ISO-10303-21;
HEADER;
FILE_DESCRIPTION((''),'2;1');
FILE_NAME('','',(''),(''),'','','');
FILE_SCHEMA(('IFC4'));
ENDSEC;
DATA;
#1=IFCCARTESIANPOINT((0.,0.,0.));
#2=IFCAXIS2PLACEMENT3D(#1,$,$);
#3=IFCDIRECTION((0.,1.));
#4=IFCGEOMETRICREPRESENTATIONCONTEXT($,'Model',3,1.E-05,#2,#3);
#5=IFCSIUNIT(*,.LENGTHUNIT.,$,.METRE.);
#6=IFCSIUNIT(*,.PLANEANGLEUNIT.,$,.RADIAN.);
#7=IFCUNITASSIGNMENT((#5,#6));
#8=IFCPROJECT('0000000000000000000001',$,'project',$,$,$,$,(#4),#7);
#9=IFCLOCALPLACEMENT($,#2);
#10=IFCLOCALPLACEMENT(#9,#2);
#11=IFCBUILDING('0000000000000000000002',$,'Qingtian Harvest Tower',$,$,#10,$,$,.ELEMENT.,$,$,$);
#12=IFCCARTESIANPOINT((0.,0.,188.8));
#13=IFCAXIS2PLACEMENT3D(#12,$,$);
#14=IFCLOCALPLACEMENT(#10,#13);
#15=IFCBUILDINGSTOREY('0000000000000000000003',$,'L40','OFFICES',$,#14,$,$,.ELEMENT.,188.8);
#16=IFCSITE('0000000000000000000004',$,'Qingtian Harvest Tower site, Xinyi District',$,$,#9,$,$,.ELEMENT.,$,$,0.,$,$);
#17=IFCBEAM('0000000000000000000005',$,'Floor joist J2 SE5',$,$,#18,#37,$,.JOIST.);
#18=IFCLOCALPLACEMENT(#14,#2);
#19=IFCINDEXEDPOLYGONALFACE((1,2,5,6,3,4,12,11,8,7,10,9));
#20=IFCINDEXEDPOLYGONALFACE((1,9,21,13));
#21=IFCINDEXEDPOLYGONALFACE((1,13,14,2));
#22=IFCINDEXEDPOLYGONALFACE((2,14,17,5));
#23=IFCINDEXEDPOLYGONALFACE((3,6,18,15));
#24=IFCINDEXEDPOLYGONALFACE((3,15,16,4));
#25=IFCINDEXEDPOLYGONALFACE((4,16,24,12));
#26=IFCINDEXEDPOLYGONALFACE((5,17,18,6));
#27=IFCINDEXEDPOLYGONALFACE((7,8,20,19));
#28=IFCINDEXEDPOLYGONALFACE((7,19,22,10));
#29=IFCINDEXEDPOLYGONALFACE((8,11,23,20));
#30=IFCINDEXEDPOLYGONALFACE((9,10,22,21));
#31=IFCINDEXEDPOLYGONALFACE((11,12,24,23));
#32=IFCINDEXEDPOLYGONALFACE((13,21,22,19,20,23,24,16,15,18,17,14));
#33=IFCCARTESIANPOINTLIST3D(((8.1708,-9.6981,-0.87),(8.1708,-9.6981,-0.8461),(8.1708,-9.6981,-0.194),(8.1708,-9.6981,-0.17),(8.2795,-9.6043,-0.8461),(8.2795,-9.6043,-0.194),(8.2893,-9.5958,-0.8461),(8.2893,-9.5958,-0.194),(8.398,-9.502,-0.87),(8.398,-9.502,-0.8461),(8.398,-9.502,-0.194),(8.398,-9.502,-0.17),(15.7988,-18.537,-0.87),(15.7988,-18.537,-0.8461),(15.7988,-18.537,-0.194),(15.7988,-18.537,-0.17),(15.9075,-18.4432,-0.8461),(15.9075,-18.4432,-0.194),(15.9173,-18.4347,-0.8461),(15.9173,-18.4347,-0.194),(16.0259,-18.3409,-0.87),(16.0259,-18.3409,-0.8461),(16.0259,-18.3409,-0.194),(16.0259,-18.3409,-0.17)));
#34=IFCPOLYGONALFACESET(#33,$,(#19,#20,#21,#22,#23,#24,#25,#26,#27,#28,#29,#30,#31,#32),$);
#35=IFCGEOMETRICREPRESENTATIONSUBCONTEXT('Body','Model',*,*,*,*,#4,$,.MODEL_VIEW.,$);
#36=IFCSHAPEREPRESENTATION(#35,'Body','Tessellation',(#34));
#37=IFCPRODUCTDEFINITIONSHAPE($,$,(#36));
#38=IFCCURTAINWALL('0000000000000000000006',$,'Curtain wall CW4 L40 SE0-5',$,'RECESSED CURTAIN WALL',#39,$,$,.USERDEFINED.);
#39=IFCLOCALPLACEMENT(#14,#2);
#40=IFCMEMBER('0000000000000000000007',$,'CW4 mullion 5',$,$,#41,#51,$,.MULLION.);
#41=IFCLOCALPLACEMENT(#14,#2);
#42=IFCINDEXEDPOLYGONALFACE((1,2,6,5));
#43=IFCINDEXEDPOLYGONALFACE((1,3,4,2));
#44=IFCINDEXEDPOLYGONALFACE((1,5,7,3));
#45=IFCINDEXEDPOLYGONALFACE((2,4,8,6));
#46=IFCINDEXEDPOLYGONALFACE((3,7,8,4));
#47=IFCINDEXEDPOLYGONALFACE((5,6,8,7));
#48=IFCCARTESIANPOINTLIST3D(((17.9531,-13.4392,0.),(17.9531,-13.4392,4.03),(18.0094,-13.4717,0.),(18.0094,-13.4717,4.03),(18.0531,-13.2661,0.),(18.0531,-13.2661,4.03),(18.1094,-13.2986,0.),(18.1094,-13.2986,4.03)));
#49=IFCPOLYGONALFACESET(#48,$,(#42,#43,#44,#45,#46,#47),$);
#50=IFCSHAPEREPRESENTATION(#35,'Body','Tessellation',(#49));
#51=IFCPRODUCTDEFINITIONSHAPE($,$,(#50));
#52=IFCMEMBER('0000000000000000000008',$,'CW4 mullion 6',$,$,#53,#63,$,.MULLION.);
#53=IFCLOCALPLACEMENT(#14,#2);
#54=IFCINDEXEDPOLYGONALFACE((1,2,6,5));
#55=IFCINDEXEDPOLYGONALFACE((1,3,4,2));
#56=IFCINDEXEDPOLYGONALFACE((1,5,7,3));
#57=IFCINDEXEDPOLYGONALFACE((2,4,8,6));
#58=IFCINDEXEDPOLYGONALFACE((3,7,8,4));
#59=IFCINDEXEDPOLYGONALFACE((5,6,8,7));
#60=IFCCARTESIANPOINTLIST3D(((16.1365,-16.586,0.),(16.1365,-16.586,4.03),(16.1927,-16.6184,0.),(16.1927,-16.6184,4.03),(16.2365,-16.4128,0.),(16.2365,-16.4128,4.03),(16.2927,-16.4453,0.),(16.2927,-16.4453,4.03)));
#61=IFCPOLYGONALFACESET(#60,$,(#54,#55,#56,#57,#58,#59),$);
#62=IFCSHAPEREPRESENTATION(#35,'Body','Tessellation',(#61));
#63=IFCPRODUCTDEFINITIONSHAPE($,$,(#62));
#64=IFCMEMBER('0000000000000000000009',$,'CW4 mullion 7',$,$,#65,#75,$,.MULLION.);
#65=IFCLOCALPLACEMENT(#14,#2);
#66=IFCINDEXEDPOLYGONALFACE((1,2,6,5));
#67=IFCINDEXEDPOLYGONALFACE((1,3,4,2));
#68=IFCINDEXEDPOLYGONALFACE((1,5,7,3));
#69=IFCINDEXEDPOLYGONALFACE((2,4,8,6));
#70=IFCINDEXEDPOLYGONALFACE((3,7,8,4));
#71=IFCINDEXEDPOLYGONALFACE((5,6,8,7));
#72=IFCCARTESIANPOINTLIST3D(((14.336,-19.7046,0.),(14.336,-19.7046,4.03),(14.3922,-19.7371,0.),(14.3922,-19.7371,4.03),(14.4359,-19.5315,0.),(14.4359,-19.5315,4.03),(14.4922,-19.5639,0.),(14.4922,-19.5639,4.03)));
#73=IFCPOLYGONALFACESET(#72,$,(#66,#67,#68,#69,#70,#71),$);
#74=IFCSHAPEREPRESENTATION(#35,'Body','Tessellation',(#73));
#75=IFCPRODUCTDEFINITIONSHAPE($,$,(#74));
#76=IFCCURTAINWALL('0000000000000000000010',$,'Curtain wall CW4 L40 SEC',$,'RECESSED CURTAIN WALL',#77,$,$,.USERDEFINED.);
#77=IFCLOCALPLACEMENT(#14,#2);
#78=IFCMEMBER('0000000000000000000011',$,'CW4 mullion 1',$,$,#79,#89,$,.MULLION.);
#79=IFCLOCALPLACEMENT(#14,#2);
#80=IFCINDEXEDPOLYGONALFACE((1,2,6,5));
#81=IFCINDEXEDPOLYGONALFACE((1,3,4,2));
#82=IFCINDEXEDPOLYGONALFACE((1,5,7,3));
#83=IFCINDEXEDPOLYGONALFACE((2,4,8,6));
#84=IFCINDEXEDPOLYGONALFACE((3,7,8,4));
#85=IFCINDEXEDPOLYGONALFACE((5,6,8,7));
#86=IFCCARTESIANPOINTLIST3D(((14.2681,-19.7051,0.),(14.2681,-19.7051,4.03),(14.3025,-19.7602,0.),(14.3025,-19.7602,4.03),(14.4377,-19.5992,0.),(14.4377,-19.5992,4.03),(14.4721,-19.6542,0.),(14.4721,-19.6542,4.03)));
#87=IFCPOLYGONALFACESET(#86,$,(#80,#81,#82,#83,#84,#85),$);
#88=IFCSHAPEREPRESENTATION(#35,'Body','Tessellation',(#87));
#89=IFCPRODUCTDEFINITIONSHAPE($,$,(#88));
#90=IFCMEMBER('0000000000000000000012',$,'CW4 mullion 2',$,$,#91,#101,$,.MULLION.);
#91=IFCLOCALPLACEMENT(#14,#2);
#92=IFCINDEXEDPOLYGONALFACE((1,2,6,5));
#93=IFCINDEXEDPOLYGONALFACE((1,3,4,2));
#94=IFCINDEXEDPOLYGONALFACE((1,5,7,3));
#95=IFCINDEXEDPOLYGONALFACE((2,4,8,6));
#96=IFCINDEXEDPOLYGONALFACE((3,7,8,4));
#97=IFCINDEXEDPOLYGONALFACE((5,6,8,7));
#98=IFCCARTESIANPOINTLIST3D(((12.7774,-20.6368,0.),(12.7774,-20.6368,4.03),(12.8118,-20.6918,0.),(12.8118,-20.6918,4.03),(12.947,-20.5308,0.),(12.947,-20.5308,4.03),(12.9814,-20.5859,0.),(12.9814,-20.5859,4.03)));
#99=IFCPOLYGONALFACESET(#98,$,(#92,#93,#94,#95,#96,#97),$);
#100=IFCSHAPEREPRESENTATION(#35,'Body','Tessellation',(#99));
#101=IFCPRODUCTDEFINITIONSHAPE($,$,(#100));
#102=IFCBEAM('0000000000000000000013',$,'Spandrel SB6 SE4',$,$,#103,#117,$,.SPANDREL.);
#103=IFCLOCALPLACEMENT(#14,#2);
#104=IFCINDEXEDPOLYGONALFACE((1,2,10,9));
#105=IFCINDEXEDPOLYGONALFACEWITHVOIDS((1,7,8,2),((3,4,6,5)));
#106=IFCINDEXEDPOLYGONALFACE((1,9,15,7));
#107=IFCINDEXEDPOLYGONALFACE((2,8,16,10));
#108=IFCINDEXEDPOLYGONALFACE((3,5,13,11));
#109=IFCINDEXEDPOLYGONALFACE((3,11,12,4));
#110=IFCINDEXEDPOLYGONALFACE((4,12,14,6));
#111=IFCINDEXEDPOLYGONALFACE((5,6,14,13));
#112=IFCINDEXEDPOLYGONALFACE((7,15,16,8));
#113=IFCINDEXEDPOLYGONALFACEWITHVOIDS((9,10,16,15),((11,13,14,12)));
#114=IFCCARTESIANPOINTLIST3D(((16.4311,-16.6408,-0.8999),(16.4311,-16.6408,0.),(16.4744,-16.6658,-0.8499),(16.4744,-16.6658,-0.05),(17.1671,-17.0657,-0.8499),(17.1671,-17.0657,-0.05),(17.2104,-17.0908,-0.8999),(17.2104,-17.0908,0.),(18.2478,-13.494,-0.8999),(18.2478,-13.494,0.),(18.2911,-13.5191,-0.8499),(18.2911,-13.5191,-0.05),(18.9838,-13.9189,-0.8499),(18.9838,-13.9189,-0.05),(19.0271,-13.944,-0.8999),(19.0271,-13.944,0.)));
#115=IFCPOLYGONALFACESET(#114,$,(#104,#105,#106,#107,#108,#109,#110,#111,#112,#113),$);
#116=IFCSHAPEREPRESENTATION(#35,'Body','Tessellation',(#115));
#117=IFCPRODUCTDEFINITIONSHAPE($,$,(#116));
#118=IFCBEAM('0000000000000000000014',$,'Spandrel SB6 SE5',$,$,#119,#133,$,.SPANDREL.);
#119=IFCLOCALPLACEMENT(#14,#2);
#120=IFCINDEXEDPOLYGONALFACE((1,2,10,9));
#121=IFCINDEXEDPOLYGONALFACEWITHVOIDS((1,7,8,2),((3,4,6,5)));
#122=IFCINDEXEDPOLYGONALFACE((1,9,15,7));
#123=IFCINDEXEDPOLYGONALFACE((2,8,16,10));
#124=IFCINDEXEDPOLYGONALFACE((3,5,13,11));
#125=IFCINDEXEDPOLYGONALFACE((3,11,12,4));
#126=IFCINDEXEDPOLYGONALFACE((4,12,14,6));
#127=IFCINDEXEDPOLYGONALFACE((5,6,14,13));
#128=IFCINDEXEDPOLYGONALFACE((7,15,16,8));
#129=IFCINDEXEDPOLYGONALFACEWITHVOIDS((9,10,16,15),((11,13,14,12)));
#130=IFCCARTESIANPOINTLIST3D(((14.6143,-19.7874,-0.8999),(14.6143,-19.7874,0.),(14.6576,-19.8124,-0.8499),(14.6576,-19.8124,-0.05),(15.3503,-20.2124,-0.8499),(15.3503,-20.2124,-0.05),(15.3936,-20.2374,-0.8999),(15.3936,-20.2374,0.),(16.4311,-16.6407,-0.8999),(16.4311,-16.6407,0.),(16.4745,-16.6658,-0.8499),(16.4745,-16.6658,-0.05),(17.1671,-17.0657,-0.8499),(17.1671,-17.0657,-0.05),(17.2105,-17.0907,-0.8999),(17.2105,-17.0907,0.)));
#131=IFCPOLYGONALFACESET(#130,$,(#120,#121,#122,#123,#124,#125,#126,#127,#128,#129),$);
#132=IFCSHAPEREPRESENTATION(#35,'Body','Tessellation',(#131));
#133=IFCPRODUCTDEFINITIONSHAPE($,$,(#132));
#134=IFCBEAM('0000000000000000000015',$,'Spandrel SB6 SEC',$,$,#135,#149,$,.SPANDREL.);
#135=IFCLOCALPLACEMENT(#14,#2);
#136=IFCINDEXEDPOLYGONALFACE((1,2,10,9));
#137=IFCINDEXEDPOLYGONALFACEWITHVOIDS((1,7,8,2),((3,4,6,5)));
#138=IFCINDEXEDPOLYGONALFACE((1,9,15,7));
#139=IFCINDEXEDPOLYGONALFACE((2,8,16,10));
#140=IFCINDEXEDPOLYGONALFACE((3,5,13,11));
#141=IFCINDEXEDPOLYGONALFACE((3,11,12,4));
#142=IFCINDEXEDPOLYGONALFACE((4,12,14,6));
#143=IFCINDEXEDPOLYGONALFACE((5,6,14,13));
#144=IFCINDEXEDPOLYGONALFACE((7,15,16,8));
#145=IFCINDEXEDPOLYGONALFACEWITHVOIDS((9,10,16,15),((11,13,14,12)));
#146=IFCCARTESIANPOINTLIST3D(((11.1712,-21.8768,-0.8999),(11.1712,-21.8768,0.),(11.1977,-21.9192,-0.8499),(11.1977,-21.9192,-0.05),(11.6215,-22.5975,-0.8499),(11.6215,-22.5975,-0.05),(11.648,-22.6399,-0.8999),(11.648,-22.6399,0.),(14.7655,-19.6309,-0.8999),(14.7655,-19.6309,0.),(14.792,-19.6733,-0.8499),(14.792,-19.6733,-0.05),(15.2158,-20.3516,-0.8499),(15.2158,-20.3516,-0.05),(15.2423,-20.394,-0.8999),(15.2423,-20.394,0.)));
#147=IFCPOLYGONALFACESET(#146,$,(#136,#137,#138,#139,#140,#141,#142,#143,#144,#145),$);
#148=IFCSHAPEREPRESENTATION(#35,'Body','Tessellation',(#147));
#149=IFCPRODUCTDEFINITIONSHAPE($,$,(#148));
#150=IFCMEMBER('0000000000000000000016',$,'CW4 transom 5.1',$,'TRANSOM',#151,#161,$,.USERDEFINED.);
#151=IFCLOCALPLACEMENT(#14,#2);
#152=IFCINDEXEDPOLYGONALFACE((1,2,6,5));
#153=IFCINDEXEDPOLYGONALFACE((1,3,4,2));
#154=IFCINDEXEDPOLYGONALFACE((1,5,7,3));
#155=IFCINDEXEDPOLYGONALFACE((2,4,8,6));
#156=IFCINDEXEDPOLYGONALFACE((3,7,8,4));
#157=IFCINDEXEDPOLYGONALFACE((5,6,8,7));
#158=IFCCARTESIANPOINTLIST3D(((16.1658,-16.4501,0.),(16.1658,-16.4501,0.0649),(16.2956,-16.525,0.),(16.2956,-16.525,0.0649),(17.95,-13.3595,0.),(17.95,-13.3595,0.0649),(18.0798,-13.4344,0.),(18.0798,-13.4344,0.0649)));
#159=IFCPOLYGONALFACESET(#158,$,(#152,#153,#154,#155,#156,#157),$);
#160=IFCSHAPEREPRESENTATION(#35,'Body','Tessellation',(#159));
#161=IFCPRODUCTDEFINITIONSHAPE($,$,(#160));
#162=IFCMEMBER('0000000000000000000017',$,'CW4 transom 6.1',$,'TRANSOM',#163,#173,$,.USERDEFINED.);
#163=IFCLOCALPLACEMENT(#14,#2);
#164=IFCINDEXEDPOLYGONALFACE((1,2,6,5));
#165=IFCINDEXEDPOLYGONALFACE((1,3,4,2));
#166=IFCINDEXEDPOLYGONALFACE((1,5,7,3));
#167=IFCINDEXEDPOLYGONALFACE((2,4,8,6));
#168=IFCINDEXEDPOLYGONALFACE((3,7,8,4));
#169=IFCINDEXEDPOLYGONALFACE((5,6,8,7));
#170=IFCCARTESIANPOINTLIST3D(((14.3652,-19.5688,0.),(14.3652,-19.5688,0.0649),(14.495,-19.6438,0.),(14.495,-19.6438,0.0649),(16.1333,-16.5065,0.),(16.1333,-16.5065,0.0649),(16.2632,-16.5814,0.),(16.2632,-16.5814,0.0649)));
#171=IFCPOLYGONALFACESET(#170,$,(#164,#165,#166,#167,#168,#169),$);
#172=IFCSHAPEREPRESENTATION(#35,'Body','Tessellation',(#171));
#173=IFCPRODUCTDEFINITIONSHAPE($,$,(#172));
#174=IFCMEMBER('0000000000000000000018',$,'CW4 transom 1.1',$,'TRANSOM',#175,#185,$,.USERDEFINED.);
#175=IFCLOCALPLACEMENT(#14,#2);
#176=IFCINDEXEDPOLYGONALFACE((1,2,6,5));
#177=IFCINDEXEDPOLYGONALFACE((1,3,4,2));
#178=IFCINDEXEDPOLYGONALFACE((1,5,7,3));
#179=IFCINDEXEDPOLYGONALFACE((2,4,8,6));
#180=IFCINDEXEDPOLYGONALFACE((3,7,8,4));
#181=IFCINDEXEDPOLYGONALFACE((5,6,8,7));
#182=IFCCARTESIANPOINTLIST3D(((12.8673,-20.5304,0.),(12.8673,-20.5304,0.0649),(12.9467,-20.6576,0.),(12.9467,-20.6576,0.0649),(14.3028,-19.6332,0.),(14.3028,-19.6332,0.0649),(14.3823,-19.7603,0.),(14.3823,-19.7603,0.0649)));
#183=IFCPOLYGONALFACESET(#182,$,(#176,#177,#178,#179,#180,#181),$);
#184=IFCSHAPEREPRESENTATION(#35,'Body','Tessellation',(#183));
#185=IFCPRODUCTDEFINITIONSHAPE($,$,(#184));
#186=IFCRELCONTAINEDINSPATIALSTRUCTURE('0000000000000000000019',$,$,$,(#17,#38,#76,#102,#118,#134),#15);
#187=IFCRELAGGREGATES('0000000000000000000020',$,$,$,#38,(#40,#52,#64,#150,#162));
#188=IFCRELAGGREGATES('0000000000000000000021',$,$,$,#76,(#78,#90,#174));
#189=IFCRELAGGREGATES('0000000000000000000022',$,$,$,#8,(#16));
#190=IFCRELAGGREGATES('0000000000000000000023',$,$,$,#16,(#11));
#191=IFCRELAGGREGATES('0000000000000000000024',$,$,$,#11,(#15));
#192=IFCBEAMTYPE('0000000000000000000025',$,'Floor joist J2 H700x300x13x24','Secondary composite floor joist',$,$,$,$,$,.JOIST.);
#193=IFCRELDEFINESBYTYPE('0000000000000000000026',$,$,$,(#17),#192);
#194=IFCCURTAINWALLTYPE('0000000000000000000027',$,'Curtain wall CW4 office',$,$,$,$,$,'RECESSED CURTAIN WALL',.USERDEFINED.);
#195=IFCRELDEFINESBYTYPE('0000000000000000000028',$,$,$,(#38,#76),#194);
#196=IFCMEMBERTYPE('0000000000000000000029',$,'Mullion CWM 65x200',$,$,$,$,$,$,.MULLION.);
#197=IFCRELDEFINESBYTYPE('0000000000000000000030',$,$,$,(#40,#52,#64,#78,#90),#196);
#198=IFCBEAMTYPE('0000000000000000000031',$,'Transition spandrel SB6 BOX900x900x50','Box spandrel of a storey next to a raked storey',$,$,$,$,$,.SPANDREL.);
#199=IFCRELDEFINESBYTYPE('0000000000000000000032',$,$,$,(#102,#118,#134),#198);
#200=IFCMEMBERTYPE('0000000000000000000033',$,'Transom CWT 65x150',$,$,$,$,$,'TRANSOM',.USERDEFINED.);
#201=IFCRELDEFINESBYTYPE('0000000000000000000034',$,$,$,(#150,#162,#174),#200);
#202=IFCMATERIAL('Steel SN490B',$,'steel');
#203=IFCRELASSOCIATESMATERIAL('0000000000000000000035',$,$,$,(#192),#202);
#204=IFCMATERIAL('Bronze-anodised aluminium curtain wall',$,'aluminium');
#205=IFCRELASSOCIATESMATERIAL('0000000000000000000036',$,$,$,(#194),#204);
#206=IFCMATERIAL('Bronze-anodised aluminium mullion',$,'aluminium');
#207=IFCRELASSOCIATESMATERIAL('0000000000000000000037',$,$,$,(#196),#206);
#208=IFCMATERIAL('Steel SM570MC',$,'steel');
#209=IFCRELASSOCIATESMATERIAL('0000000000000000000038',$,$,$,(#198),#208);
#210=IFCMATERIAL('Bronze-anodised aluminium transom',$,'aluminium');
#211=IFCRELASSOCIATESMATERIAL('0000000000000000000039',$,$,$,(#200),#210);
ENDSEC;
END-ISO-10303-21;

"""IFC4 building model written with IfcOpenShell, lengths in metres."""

from ifc_helpers import new_model, si_unit, direction, frame, origin, origin_2d, place, context, subcontext, project, spatial, rectangle, hollow_rectangle, i_section, extrude, material, material_profile, profile_set, type_object, element, aggregate, save


model = new_model("IFC4")

# Units and contexts
model_context = context("Model", 3, precision=1e-05, world=origin(), true_north=direction((0.0, 1.0)))
body_context = subcontext(model_context, "Body", "Model", "MODEL_VIEW")
ifc_project = project(units=[si_unit("LENGTHUNIT", "METRE"), si_unit("PLANEANGLEUNIT", "RADIAN")], contexts=[model_context])

# Site, building, storey
site_placement = place(None, origin())
site = spatial("IfcSite", under=ifc_project, at=site_placement, Name="Qingtian Harvest Tower site, Xinyi District", CompositionType="ELEMENT", RefElevation=0.0)
building_placement = place(site_placement, origin())
building = spatial("IfcBuilding", under=site, at=building_placement, Name="Qingtian Harvest Tower", CompositionType="ELEMENT")
storey_placement = place(building_placement, frame((0.0, 0.0, 188.8)))
storey = spatial("IfcBuildingStorey", under=building, at=storey_placement, Name="L40", Description="OFFICES", CompositionType="ELEMENT", Elevation=188.8)

# Beam
ifc_material_1 = material(Name="Steel SN490B", Category="steel")
ifc_material_profile_1 = material_profile(ifc_material_1, i_section(OverallWidth=0.3, OverallDepth=0.7, WebThickness=0.0129, FlangeThickness=0.0239, at=origin_2d()), Name="H700x300x13x24")
ifc_profile_set_1 = profile_set([ifc_material_profile_1], Name="Steel SN490B")
beam_type_1 = type_object("IfcBeamType", Name="Floor joist J2 H700x300x13x24", Description="Secondary composite floor joist", PredefinedType="JOIST", material=ifc_profile_set_1)
beam_1_placement = place(storey_placement, frame((15.9124, -18.439, -0.52), z_axis=(-0.653343, 0.757062, 0.0), x_axis=(-0.757062, -0.653343, 0.0)))
element("IfcBeam", 1, at=beam_1_placement, inside=storey, type_object=beam_type_1, Name="Floor joist J2 SE5", PredefinedType="JOIST", context=body_context, shape_type="SweptSolid", body=[
    extrude(i_section(OverallWidth=0.3, OverallDepth=0.7, WebThickness=0.0129, FlangeThickness=0.0239, at=origin_2d()), origin(), (0.0, 0.0, 1.0), 11.6753),
])

# Curtain walls, members
ifc_material_2 = material(Name="Bronze-anodised aluminium curtain wall", Category="aluminium")
curtain_wall_type = type_object("IfcCurtainWallType", Name="Curtain wall CW4 office", ElementType="RECESSED CURTAIN WALL", PredefinedType="USERDEFINED", material=ifc_material_2)
curtain_wall_1_placement = place(storey_placement, origin())
curtain_wall_1 = element("IfcCurtainWall", 2, at=curtain_wall_1_placement, inside=storey, type_object=curtain_wall_type, Name="Curtain wall CW4 L40 SE0-5", ObjectType="RECESSED CURTAIN WALL", PredefinedType="USERDEFINED")
ifc_material_3 = material(Name="Bronze-anodised aluminium mullion", Category="aluminium")
ifc_material_profile_2 = material_profile(ifc_material_3, rectangle(XDim=0.0649, YDim=0.2, at=origin_2d()), Name="AL 65x200")
ifc_profile_set_2 = profile_set([ifc_material_profile_2], Name="Bronze-anodised aluminium mullion")
member_type_1 = type_object("IfcMemberType", Name="Mullion CWM 65x200", PredefinedType="MULLION", material=ifc_profile_set_2)
member_1_placement = place(storey_placement, frame((18.0312, -13.3689, 0.0), z_axis=(0.0, 0.0, 1.0), x_axis=(0.866025, -0.5, 0.0)))
member_1 = element("IfcMember", 3, at=member_1_placement, type_object=member_type_1, Name="CW4 mullion 5", PredefinedType="MULLION", context=body_context, shape_type="SweptSolid", body=[
    extrude(rectangle(XDim=0.0649, YDim=0.2, at=origin_2d()), origin(), (0.0, 0.0, 1.0), 4.03),
])
member_2_placement = place(storey_placement, frame((16.2146, -16.5156, 0.0), z_axis=(0.0, 0.0, 1.0), x_axis=(0.866025, -0.5, 0.0)))
member_2 = element("IfcMember", 4, at=member_2_placement, type_object=member_type_1, Name="CW4 mullion 6", PredefinedType="MULLION", context=body_context, shape_type="SweptSolid", body=[
    extrude(rectangle(XDim=0.0649, YDim=0.2, at=origin_2d()), origin(), (0.0, 0.0, 1.0), 4.03),
])
member_3_placement = place(storey_placement, frame((14.4141, -19.6343, 0.0), z_axis=(0.0, 0.0, 1.0), x_axis=(0.866025, -0.5, 0.0)))
member_3 = element("IfcMember", 5, at=member_3_placement, type_object=member_type_1, Name="CW4 mullion 7", PredefinedType="MULLION", context=body_context, shape_type="SweptSolid", body=[
    extrude(rectangle(XDim=0.0649, YDim=0.2, at=origin_2d()), origin(), (0.0, 0.0, 1.0), 4.03),
])
curtain_wall_2_placement = place(storey_placement, origin())
curtain_wall_2 = element("IfcCurtainWall", 6, at=curtain_wall_2_placement, inside=storey, type_object=curtain_wall_type, Name="Curtain wall CW4 L40 SEC", ObjectType="RECESSED CURTAIN WALL", PredefinedType="USERDEFINED")
member_4_placement = place(storey_placement, frame((14.3701, -19.6797, 0.0), z_axis=(0.0, 0.0, 1.0), x_axis=(0.529919, -0.848048, 0.0)))
member_4 = element("IfcMember", 7, at=member_4_placement, type_object=member_type_1, Name="CW4 mullion 1", PredefinedType="MULLION", context=body_context, shape_type="SweptSolid", body=[
    extrude(rectangle(XDim=0.0649, YDim=0.2, at=origin_2d()), origin(), (0.0, 0.0, 1.0), 4.03),
])
member_5_placement = place(storey_placement, frame((12.8794, -20.6113, 0.0), z_axis=(0.0, 0.0, 1.0), x_axis=(0.529919, -0.848048, 0.0)))
member_5 = element("IfcMember", 8, at=member_5_placement, type_object=member_type_1, Name="CW4 mullion 2", PredefinedType="MULLION", context=body_context, shape_type="SweptSolid", body=[
    extrude(rectangle(XDim=0.0649, YDim=0.2, at=origin_2d()), origin(), (0.0, 0.0, 1.0), 4.03),
])

# Beams
ifc_material_4 = material(Name="Steel SM570MC", Category="steel")
ifc_material_profile_3 = material_profile(ifc_material_4, hollow_rectangle(XDim=0.8999, YDim=0.8999, WallThickness=0.05, at=origin_2d()), Name="BOX900x900x50")
ifc_profile_set_3 = profile_set([ifc_material_profile_3], Name="Steel SM570MC")
beam_type_2 = type_object("IfcBeamType", Name="Transition spandrel SB6 BOX900x900x50", Description="Box spandrel of a storey next to a raked storey", PredefinedType="SPANDREL", material=ifc_profile_set_3)
for number, where, z_axis, x_axis, name in (
    (9, (18.6375, -13.719, -0.45), (-0.499976, -0.866039, 0.0), (0.866039, -0.499976, 0.0), "Spandrel SB6 SE4"),
    (10, (16.8208, -16.8657, -0.45), (-0.500027, -0.86601, 0.0), (0.86601, -0.500027, 0.0), "Spandrel SB6 SE5"),
):
    element("IfcBeam", number, at=place(storey_placement, frame(where, z_axis=z_axis, x_axis=x_axis)), inside=storey, type_object=beam_type_2, Name=name, PredefinedType="SPANDREL", context=body_context, shape_type="SweptSolid", body=[
        extrude(hollow_rectangle(XDim=0.8999, YDim=0.8999, WallThickness=0.05, at=origin_2d()), origin(), (0.0, 0.0, 1.0), 3.6335),
    ])
beam_2_placement = place(storey_placement, frame((15.0039, -20.0125, -0.45), z_axis=(-0.848057, -0.529906, 0.0), x_axis=(0.529906, -0.848057, 0.0)))
element("IfcBeam", 11, at=beam_2_placement, inside=storey, type_object=beam_type_2, Name="Spandrel SB6 SEC", PredefinedType="SPANDREL", context=body_context, shape_type="SweptSolid", body=[
    extrude(hollow_rectangle(XDim=0.8999, YDim=0.8999, WallThickness=0.05, at=origin_2d()), origin(), (0.0, 0.0, 1.0), 4.2383),
])

# Members
ifc_material_5 = material(Name="Bronze-anodised aluminium transom", Category="aluminium")
ifc_material_profile_4 = material_profile(ifc_material_5, rectangle(XDim=0.1499, YDim=0.0649, at=origin_2d()), Name="AL 65x150")
ifc_profile_set_4 = profile_set([ifc_material_profile_4], Name="Bronze-anodised aluminium transom")
member_type_2 = type_object("IfcMemberType", Name="Transom CWT 65x150", ElementType="TRANSOM", PredefinedType="USERDEFINED", material=ifc_profile_set_4)
member_6_placement = place(storey_placement, frame((18.0149, -13.397, 0.0325), z_axis=(-0.499965, -0.866045, 0.0), x_axis=(0.866045, -0.499965, 0.0)))
member_6 = element("IfcMember", 12, at=member_6_placement, type_object=member_type_2, Name="CW4 transom 5.1", ObjectType="TRANSOM", PredefinedType="USERDEFINED", context=body_context, shape_type="SweptSolid", body=[
    extrude(rectangle(XDim=0.1499, YDim=0.0649, at=origin_2d()), origin(), (0.0, 0.0, 1.0), 3.5686),
])
member_7_placement = place(storey_placement, frame((16.1982, -16.5439, 0.0325), z_axis=(-0.500015, -0.866017, 0.0), x_axis=(0.866017, -0.500015, 0.0)))
member_7 = element("IfcMember", 13, at=member_7_placement, type_object=member_type_2, Name="CW4 transom 6.1", ObjectType="TRANSOM", PredefinedType="USERDEFINED", context=body_context, shape_type="SweptSolid", body=[
    extrude(rectangle(XDim=0.1499, YDim=0.0649, at=origin_2d()), origin(), (0.0, 0.0, 1.0), 3.5361),
])
member_8_placement = place(storey_placement, frame((14.3425, -19.6968, 0.0325), z_axis=(-0.847998, -0.529999, 0.0), x_axis=(0.529999, -0.847998, 0.0)))
member_8 = element("IfcMember", 14, at=member_8_placement, type_object=member_type_2, Name="CW4 transom 1.1", ObjectType="TRANSOM", PredefinedType="USERDEFINED", context=body_context, shape_type="SweptSolid", body=[
    extrude(rectangle(XDim=0.1499, YDim=0.0649, at=origin_2d()), origin(), (0.0, 0.0, 1.0), 1.6929),
])

aggregate(curtain_wall_1, [member_1, member_2, member_3, member_6, member_7])
aggregate(curtain_wall_2, [member_4, member_5, member_8])

save(model, "model.ifc")
